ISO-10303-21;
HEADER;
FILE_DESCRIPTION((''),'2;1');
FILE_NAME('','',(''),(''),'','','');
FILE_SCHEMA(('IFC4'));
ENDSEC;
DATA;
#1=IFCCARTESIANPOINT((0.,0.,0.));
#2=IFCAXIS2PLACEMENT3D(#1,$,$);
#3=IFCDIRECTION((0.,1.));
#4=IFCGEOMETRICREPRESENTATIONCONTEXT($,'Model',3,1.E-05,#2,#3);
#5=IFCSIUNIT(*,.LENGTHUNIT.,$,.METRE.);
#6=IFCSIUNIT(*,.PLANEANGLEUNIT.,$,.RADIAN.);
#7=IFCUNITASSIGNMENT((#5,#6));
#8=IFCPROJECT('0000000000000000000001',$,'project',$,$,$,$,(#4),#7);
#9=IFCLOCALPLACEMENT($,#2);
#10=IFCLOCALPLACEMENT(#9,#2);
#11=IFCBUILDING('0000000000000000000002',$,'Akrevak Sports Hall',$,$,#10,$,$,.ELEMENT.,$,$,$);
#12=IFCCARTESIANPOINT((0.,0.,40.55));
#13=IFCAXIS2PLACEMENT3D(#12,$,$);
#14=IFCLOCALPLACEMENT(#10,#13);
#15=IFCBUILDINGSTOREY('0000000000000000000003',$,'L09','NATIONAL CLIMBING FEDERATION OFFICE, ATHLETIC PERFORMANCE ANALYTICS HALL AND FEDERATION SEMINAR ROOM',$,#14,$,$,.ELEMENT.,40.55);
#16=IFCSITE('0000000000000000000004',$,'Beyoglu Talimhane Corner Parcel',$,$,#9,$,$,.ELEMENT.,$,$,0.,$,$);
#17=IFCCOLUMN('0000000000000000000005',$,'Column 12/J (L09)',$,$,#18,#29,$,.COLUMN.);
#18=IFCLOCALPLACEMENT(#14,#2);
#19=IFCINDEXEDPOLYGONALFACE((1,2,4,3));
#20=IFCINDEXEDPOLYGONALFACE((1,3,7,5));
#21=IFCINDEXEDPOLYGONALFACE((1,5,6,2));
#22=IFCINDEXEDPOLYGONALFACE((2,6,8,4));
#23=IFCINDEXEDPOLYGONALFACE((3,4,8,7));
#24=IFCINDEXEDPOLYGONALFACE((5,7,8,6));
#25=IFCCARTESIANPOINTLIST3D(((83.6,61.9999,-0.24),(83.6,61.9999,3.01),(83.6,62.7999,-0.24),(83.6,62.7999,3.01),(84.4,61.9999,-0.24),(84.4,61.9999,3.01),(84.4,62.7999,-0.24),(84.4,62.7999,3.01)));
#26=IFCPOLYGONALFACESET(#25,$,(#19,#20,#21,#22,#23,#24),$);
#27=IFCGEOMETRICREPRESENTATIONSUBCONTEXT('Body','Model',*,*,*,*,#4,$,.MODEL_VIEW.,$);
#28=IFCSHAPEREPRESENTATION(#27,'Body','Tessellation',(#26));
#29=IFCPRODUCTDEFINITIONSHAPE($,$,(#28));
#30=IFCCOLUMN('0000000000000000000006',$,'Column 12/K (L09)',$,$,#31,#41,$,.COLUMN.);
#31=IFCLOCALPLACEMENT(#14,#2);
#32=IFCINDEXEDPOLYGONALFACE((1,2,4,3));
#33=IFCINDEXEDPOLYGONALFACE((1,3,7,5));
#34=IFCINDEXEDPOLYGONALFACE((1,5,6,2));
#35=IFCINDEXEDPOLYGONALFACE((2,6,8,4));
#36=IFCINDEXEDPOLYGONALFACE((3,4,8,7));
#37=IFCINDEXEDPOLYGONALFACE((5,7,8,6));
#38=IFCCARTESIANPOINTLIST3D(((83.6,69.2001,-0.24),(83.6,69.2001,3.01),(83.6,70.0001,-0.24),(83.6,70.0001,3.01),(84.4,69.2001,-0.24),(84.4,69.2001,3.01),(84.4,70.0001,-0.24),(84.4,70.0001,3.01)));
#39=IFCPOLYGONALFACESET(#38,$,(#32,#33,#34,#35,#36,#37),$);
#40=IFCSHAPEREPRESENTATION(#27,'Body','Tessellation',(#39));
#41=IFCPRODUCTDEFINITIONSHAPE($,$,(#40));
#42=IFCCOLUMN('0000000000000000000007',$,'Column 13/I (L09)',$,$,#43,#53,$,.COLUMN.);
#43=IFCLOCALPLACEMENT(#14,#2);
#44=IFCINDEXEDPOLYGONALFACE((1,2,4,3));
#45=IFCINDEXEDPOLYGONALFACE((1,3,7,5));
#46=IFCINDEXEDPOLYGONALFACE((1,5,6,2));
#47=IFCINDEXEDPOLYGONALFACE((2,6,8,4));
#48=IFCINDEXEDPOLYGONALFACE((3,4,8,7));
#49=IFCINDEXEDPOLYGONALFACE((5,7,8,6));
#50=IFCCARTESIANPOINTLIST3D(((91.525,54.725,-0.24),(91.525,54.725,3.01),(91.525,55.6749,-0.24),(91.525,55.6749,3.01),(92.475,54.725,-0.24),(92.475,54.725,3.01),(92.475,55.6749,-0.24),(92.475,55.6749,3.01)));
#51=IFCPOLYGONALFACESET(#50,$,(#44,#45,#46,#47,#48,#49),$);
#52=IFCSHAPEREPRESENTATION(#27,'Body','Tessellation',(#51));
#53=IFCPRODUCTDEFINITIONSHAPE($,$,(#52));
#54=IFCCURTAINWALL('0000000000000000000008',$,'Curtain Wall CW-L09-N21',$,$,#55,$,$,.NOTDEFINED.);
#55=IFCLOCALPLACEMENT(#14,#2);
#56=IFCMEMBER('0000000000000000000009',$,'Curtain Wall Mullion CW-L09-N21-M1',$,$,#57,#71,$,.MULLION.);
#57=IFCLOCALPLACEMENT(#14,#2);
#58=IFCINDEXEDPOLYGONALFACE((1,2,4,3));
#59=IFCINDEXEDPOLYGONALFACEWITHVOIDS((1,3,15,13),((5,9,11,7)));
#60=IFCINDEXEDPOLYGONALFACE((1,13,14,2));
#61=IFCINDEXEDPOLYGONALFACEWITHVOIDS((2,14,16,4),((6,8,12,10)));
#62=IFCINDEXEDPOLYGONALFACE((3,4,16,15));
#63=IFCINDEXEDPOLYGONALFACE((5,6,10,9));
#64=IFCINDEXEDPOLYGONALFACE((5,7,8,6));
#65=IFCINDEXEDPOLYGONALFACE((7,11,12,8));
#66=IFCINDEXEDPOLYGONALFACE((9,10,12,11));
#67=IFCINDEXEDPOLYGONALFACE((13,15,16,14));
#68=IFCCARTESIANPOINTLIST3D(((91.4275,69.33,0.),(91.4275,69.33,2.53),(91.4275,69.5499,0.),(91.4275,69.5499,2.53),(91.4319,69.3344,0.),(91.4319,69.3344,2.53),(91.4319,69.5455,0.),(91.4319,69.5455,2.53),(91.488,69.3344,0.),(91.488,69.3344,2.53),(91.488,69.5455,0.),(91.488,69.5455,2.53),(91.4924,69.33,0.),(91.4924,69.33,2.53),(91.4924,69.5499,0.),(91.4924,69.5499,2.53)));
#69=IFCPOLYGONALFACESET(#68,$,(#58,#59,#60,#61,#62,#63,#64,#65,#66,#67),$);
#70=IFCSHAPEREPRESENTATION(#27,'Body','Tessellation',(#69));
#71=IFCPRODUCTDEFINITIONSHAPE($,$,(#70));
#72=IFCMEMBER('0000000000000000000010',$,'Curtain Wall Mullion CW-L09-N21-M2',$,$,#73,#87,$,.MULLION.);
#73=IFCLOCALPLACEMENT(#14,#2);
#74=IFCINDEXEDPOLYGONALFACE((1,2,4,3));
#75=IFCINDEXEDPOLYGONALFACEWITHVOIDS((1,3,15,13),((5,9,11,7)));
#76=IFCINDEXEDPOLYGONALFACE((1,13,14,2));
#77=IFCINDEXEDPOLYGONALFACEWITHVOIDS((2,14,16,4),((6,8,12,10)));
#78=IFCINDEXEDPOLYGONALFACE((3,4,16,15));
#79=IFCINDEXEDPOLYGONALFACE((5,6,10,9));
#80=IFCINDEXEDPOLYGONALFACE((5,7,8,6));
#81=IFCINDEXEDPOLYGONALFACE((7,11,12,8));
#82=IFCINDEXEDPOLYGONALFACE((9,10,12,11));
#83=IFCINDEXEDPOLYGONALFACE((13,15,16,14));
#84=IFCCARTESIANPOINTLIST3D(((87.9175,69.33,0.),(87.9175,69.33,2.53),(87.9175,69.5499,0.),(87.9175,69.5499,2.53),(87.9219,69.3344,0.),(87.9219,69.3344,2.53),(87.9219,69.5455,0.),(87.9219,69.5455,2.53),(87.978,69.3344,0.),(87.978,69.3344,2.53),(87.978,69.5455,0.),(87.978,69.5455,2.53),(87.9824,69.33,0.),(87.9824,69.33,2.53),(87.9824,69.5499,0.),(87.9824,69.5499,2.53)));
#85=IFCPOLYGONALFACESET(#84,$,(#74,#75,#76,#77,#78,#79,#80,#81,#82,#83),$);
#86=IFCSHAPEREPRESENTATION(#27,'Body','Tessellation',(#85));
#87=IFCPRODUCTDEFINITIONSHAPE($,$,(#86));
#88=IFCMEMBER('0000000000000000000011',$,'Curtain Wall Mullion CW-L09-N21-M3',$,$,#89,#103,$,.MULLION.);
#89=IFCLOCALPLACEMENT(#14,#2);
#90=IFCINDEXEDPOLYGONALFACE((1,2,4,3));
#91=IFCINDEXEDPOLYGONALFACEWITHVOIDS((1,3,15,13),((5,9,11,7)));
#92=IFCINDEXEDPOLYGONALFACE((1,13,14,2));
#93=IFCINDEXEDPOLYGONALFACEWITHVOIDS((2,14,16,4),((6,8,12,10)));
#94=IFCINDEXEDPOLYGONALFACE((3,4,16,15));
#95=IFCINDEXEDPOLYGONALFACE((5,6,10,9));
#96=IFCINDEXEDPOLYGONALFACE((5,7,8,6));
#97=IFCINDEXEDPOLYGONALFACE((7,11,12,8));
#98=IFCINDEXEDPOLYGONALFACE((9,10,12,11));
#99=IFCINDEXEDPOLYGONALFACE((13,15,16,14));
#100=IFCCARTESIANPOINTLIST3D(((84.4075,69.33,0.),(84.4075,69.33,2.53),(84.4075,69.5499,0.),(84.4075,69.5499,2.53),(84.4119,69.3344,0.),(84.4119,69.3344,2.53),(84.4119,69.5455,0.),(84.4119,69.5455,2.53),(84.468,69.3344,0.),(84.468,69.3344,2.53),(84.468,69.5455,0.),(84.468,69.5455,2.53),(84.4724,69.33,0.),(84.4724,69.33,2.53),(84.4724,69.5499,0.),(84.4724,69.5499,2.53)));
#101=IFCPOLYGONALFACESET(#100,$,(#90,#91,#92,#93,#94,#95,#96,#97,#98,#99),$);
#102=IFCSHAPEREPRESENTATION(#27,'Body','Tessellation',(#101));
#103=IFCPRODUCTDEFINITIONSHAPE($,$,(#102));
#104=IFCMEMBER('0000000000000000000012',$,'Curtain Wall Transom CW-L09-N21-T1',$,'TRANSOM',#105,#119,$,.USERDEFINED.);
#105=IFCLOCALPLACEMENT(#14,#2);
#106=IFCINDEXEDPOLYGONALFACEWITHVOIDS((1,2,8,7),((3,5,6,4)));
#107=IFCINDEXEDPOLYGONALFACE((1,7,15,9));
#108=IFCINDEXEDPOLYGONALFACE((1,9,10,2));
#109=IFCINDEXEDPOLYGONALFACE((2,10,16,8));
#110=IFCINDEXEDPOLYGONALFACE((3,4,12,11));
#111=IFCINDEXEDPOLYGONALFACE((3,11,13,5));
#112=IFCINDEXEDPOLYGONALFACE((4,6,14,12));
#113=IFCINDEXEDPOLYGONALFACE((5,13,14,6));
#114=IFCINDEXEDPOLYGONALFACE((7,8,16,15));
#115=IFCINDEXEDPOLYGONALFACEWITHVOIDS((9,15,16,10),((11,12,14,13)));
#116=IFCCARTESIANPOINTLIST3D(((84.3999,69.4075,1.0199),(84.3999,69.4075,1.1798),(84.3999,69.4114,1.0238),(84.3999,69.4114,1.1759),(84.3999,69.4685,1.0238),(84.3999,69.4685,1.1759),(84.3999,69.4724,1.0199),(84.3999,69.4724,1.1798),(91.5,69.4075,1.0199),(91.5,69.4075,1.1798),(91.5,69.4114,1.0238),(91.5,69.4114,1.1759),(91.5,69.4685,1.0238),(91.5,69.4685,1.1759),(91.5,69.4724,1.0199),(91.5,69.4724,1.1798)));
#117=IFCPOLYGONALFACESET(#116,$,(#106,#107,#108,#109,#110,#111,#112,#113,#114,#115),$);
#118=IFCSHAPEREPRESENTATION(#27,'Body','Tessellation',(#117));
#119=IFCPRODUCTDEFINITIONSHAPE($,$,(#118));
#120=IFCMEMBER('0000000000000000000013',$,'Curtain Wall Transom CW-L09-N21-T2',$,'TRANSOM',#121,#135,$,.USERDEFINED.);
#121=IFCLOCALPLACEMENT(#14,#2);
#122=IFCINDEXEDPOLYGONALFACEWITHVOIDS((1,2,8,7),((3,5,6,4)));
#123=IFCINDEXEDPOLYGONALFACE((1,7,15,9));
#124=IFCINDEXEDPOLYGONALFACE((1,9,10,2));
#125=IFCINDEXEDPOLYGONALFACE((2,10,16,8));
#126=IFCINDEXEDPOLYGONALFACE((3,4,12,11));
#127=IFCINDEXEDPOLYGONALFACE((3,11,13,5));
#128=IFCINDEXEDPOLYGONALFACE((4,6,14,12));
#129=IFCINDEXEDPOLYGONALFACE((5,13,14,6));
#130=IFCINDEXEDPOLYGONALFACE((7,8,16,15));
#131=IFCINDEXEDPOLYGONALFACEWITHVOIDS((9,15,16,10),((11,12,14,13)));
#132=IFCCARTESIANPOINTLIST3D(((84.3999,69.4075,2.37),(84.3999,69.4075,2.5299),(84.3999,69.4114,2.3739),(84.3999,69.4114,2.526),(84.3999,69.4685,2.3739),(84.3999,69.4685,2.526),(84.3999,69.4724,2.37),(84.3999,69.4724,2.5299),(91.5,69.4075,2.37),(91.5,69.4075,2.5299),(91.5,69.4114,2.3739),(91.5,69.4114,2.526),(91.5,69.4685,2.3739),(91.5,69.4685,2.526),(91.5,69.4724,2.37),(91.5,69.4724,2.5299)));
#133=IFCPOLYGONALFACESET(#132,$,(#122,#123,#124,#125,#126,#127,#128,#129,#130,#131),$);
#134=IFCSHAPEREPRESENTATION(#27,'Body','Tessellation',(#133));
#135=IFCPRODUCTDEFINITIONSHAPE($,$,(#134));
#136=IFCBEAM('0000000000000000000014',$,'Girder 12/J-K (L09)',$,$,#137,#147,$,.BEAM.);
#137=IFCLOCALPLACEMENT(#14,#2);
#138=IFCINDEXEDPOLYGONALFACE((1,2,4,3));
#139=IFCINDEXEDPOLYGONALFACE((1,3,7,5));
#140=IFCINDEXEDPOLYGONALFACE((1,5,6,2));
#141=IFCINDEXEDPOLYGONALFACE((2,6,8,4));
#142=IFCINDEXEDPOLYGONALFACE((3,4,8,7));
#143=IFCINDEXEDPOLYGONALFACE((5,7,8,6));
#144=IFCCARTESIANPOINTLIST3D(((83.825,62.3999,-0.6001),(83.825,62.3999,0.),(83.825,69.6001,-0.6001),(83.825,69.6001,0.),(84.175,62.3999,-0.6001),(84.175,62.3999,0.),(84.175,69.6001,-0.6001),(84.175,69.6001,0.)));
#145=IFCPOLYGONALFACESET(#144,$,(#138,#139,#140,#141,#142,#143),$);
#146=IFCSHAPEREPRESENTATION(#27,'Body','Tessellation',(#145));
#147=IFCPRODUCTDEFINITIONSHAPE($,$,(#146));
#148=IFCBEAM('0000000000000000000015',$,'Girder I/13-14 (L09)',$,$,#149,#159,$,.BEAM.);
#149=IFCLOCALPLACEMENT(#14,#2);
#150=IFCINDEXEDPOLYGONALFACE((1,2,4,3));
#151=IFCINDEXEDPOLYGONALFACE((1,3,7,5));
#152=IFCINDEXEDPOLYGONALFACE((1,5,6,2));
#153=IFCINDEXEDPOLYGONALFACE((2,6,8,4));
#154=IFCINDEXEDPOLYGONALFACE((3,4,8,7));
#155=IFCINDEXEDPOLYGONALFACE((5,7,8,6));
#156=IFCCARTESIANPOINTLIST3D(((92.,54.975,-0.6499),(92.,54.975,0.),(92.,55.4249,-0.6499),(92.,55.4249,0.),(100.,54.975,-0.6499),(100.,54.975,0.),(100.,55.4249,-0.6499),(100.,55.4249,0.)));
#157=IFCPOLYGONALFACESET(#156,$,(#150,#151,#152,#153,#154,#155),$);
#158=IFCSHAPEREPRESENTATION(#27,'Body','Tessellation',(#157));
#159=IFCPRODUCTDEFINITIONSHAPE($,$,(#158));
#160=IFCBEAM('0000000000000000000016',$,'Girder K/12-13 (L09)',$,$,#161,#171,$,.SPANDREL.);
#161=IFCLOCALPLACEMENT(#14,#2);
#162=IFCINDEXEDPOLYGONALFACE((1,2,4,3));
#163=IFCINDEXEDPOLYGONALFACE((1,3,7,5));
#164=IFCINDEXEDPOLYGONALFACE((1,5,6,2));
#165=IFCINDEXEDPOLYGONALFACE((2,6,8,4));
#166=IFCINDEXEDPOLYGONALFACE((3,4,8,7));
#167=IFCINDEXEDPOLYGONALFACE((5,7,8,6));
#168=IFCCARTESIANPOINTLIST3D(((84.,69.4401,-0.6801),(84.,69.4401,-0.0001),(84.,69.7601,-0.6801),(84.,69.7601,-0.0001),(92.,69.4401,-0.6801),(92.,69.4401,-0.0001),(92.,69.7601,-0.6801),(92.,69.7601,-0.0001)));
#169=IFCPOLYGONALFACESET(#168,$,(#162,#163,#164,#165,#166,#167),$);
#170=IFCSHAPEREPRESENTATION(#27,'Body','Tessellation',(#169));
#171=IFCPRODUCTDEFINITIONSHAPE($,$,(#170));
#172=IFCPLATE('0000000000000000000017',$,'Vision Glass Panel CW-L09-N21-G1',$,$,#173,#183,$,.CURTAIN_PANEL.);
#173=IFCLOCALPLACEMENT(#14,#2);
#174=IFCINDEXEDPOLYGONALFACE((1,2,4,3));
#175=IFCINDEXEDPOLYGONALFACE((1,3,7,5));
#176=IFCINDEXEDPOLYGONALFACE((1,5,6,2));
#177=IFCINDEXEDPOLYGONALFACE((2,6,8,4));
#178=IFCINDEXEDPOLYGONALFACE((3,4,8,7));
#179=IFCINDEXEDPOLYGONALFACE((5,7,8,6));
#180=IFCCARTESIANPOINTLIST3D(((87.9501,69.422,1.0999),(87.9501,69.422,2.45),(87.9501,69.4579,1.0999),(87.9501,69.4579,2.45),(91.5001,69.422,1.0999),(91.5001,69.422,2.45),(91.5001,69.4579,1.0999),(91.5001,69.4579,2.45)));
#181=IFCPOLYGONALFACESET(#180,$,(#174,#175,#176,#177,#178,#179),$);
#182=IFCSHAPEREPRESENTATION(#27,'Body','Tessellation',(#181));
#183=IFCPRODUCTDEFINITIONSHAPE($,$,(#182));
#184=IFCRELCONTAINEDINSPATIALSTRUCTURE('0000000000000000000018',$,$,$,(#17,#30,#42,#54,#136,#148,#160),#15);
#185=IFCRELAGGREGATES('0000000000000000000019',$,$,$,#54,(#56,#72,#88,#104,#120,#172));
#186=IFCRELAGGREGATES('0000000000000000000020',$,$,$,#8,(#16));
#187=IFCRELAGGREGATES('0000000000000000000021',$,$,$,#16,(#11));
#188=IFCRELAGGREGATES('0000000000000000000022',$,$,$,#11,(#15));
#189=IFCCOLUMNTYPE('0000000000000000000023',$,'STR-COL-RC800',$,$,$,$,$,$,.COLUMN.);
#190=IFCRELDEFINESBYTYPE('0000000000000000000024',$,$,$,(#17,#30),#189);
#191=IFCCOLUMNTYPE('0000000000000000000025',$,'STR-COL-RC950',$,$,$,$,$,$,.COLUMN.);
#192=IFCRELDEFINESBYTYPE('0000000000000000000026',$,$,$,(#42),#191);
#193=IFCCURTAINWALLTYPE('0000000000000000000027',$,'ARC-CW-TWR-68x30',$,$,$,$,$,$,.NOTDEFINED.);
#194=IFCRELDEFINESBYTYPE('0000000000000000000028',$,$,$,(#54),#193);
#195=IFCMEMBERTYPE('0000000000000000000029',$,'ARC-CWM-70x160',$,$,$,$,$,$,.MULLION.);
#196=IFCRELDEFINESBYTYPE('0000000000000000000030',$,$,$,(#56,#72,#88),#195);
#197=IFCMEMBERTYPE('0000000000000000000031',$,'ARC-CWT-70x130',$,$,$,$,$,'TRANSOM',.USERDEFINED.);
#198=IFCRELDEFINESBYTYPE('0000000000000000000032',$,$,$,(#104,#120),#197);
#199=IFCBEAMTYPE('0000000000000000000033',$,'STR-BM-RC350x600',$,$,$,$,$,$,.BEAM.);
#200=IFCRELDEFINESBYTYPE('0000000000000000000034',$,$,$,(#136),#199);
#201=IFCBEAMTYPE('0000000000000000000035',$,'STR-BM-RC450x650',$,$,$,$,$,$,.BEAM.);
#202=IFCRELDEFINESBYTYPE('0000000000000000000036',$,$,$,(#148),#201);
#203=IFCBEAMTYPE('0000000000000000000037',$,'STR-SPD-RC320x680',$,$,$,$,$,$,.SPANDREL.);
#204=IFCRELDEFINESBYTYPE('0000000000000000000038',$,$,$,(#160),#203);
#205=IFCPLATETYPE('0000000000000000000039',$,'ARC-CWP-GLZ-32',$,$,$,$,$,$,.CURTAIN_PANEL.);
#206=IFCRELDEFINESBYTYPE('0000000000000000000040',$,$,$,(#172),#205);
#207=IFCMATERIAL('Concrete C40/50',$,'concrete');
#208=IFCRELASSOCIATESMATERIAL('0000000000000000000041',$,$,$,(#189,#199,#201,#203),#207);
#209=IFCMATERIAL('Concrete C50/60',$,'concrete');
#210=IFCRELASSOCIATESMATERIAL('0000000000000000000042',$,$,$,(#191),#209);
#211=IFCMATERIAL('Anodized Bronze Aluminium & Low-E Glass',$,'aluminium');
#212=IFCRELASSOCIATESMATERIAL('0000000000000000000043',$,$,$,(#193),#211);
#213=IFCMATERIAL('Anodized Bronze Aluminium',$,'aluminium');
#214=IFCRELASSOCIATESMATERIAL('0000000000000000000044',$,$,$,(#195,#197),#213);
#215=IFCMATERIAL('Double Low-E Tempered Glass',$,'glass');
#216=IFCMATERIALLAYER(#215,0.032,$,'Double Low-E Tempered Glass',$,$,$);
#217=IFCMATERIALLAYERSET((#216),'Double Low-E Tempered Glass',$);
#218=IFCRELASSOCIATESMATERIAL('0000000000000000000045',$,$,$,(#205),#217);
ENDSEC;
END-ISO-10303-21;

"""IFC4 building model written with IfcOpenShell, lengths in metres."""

from ifc_helpers import new_model, si_unit, direction, frame, origin, origin_2d, place, context, subcontext, project, spatial, rectangle, hollow_rectangle, extrude, material, layer, layer_set, material_profile, profile_set, type_object, element, aggregate, save


model = new_model("IFC4")

# Units and contexts
model_context = context("Model", 3, precision=1e-05, world=origin(), true_north=direction((0.0, 1.0)))
body_context = subcontext(model_context, "Body", "Model", "MODEL_VIEW")
ifc_project = project(units=[si_unit("LENGTHUNIT", "METRE"), si_unit("PLANEANGLEUNIT", "RADIAN")], contexts=[model_context])

# Site, building, storey
site_placement = place(None, origin())
site = spatial("IfcSite", under=ifc_project, at=site_placement, Name="Beyoglu Talimhane Corner Parcel", CompositionType="ELEMENT", RefElevation=0.0)
building_placement = place(site_placement, origin())
building = spatial("IfcBuilding", under=site, at=building_placement, Name="Akrevak Sports Hall", CompositionType="ELEMENT")
storey_placement = place(building_placement, frame((0.0, 0.0, 40.55)))
storey = spatial("IfcBuildingStorey", under=building, at=storey_placement, Name="L09", Description="NATIONAL CLIMBING FEDERATION OFFICE, ATHLETIC PERFORMANCE ANALYTICS HALL AND FEDERATION SEMINAR ROOM", CompositionType="ELEMENT", Elevation=40.55)

# Columns
ifc_material_1 = material(Name="Concrete C40/50", Category="concrete")
ifc_material_profile_1 = material_profile(ifc_material_1, rectangle(XDim=0.8, YDim=0.8, at=origin_2d()), Name="RC 800x800", Category="concrete")
ifc_profile_set_1 = profile_set([ifc_material_profile_1], Name="Concrete C40/50")
column_type_1 = type_object("IfcColumnType", Name="STR-COL-RC800", PredefinedType="COLUMN", material=ifc_profile_set_1)
for number, where, z_axis, x_axis, name in (
    (1, (84.0, 62.3999, -0.24), (0.0, 0.0, 1.0), (1.0, 0.0, 0.0), "Column 12/J (L09)"),
    (2, (84.0, 69.6001, -0.24), (0.0, 0.0, 1.0), (1.0, 0.0, 0.0), "Column 12/K (L09)"),
):
    element("IfcColumn", number, at=place(storey_placement, frame(where, z_axis=z_axis, x_axis=x_axis)), inside=storey, type_object=column_type_1, Name=name, PredefinedType="COLUMN", context=body_context, shape_type="SweptSolid", body=[
        extrude(rectangle(XDim=0.8, YDim=0.8, at=origin_2d()), origin(), (0.0, 0.0, 1.0), 3.25),
    ])
ifc_material_2 = material(Name="Concrete C50/60", Category="concrete")
ifc_material_profile_2 = material_profile(ifc_material_2, rectangle(XDim=0.95, YDim=0.95, at=origin_2d()), Name="RC 950x950", Category="concrete")
ifc_profile_set_2 = profile_set([ifc_material_profile_2], Name="Concrete C50/60")
column_type_2 = type_object("IfcColumnType", Name="STR-COL-RC950", PredefinedType="COLUMN", material=ifc_profile_set_2)
column_placement = place(storey_placement, frame((92.0, 55.2, -0.24), z_axis=(0.0, 0.0, 1.0), x_axis=(1.0, 0.0, 0.0)))
element("IfcColumn", 3, at=column_placement, inside=storey, type_object=column_type_2, Name="Column 13/I (L09)", PredefinedType="COLUMN", context=body_context, shape_type="SweptSolid", body=[
    extrude(rectangle(XDim=0.95, YDim=0.95, at=origin_2d()), origin(), (0.0, 0.0, 1.0), 3.25),
])

# Curtain wall, members
ifc_material_3 = material(Name="Anodized Bronze Aluminium & Low-E Glass", Category="aluminium")
curtain_wall_type = type_object("IfcCurtainWallType", Name="ARC-CW-TWR-68x30", PredefinedType="NOTDEFINED", material=ifc_material_3)
curtain_wall_placement = place(storey_placement, origin())
curtain_wall = element("IfcCurtainWall", 4, at=curtain_wall_placement, inside=storey, type_object=curtain_wall_type, Name="Curtain Wall CW-L09-N21", PredefinedType="NOTDEFINED")
ifc_material_4 = material(Name="Anodized Bronze Aluminium", Category="aluminium")
ifc_material_profile_3 = material_profile(ifc_material_4, hollow_rectangle(XDim=0.0649, YDim=0.22, WallThickness=0.0044, at=origin_2d()), Name="CWM 65x220", Category="aluminium")
ifc_profile_set_3 = profile_set([ifc_material_profile_3], Name="Anodized Bronze Aluminium")
member_type_1 = type_object("IfcMemberType", Name="ARC-CWM-70x160", PredefinedType="MULLION", material=ifc_profile_set_3)
member_1_placement = place(storey_placement, frame((91.46, 69.4399, 0.0), z_axis=(0.0, 0.0, 1.0), x_axis=(-1.0, 0.0, 0.0)))
member_1 = element("IfcMember", 5, at=member_1_placement, type_object=member_type_1, Name="Curtain Wall Mullion CW-L09-N21-M1", PredefinedType="MULLION", context=body_context, shape_type="SweptSolid", body=[
    extrude(hollow_rectangle(XDim=0.0649, YDim=0.22, WallThickness=0.0044, at=origin_2d()), origin(), (0.0, 0.0, 1.0), 2.53),
])
member_2_placement = place(storey_placement, frame((87.95, 69.4399, 0.0), z_axis=(0.0, 0.0, 1.0), x_axis=(-1.0, 0.0, 0.0)))
member_2 = element("IfcMember", 6, at=member_2_placement, type_object=member_type_1, Name="Curtain Wall Mullion CW-L09-N21-M2", PredefinedType="MULLION", context=body_context, shape_type="SweptSolid", body=[
    extrude(hollow_rectangle(XDim=0.0649, YDim=0.22, WallThickness=0.0044, at=origin_2d()), origin(), (0.0, 0.0, 1.0), 2.53),
])
member_3_placement = place(storey_placement, frame((84.4399, 69.4399, 0.0), z_axis=(0.0, 0.0, 1.0), x_axis=(-1.0, 0.0, 0.0)))
member_3 = element("IfcMember", 7, at=member_3_placement, type_object=member_type_1, Name="Curtain Wall Mullion CW-L09-N21-M3", PredefinedType="MULLION", context=body_context, shape_type="SweptSolid", body=[
    extrude(hollow_rectangle(XDim=0.0649, YDim=0.22, WallThickness=0.0044, at=origin_2d()), origin(), (0.0, 0.0, 1.0), 2.53),
])
ifc_material_profile_4 = material_profile(ifc_material_4, hollow_rectangle(XDim=0.0649, YDim=0.1599, WallThickness=0.0039, at=origin_2d()), Name="CWT 65x160", Category="aluminium")
ifc_profile_set_4 = profile_set([ifc_material_profile_4], Name="Anodized Bronze Aluminium")
member_type_2 = type_object("IfcMemberType", Name="ARC-CWT-70x130", ElementType="TRANSOM", PredefinedType="USERDEFINED", material=ifc_profile_set_4)
member_4_placement = place(storey_placement, frame((91.5, 69.4399, 1.0999), z_axis=(-1.0, 0.0, 0.0), x_axis=(0.0, -1.0, 0.0)))
member_4 = element("IfcMember", 8, at=member_4_placement, type_object=member_type_2, Name="Curtain Wall Transom CW-L09-N21-T1", ObjectType="TRANSOM", PredefinedType="USERDEFINED", context=body_context, shape_type="SweptSolid", body=[
    extrude(hollow_rectangle(XDim=0.0649, YDim=0.1599, WallThickness=0.0039, at=origin_2d()), origin(), (0.0, 0.0, 1.0), 7.1001),
])
member_5_placement = place(storey_placement, frame((91.5, 69.4399, 2.45), z_axis=(-1.0, 0.0, 0.0), x_axis=(0.0, -1.0, 0.0)))
member_5 = element("IfcMember", 9, at=member_5_placement, type_object=member_type_2, Name="Curtain Wall Transom CW-L09-N21-T2", ObjectType="TRANSOM", PredefinedType="USERDEFINED", context=body_context, shape_type="SweptSolid", body=[
    extrude(hollow_rectangle(XDim=0.0649, YDim=0.1599, WallThickness=0.0039, at=origin_2d()), origin(), (0.0, 0.0, 1.0), 7.1001),
])

# Beams
ifc_material_profile_5 = material_profile(ifc_material_1, rectangle(XDim=0.3501, YDim=0.6001, at=origin_2d()), Name="BM 350x600", Category="concrete")
ifc_profile_set_5 = profile_set([ifc_material_profile_5], Name="Concrete C40/50")
beam_type_1 = type_object("IfcBeamType", Name="STR-BM-RC350x600", PredefinedType="BEAM", material=ifc_profile_set_5)
beam_1_placement = place(storey_placement, frame((84.0, 62.3999, -0.3), z_axis=(0.0, 1.0, 0.0), x_axis=(-1.0, 0.0, 0.0)))
element("IfcBeam", 10, at=beam_1_placement, inside=storey, type_object=beam_type_1, Name="Girder 12/J-K (L09)", PredefinedType="BEAM", context=body_context, shape_type="SweptSolid", body=[
    extrude(rectangle(XDim=0.3501, YDim=0.6001, at=origin_2d()), origin(), (0.0, 0.0, 1.0), 7.2002),
])
ifc_material_profile_6 = material_profile(ifc_material_1, rectangle(XDim=0.45, YDim=0.6499, at=origin_2d()), Name="BM 450x650", Category="concrete")
ifc_profile_set_6 = profile_set([ifc_material_profile_6], Name="Concrete C40/50")
beam_type_2 = type_object("IfcBeamType", Name="STR-BM-RC450x650", PredefinedType="BEAM", material=ifc_profile_set_6)
beam_2_placement = place(storey_placement, frame((92.0, 55.2, -0.325), z_axis=(1.0, 0.0, 0.0), x_axis=(0.0, 1.0, 0.0)))
element("IfcBeam", 11, at=beam_2_placement, inside=storey, type_object=beam_type_2, Name="Girder I/13-14 (L09)", PredefinedType="BEAM", context=body_context, shape_type="SweptSolid", body=[
    extrude(rectangle(XDim=0.45, YDim=0.6499, at=origin_2d()), origin(), (0.0, 0.0, 1.0), 8.0),
])
ifc_material_profile_7 = material_profile(ifc_material_1, rectangle(XDim=0.3201, YDim=0.6799, at=origin_2d()), Name="SPD 320x680", Category="concrete")
ifc_profile_set_7 = profile_set([ifc_material_profile_7], Name="Concrete C40/50")
beam_type_3 = type_object("IfcBeamType", Name="STR-SPD-RC320x680", PredefinedType="SPANDREL", material=ifc_profile_set_7)
beam_3_placement = place(storey_placement, frame((84.0, 69.6001, -0.3401), z_axis=(1.0, 0.0, 0.0), x_axis=(0.0, 1.0, 0.0)))
element("IfcBeam", 12, at=beam_3_placement, inside=storey, type_object=beam_type_3, Name="Girder K/12-13 (L09)", PredefinedType="SPANDREL", context=body_context, shape_type="SweptSolid", body=[
    extrude(rectangle(XDim=0.3201, YDim=0.6799, at=origin_2d()), origin(), (0.0, 0.0, 1.0), 8.0),
])

# Plate
ifc_material_5 = material(Name="Double Low-E Tempered Glass", Category="glass")
ifc_layer_1 = layer(ifc_material_5, 0.032, Name="Double Low-E Tempered Glass")
ifc_layer_set_1 = layer_set([ifc_layer_1], Name="Double Low-E Tempered Glass")
plate_type_1 = type_object("IfcPlateType", Name="ARC-CWP-GLZ-32", PredefinedType="CURTAIN_PANEL", material=ifc_layer_set_1)
plate_1_placement = place(storey_placement, frame((89.7251, 69.4399, 1.0999), z_axis=(0.0, 0.0, 1.0), x_axis=(-1.0, 0.0, 0.0)))
plate_1 = element("IfcPlate", 13, at=plate_1_placement, type_object=plate_type_1, Name="Vision Glass Panel CW-L09-N21-G1", PredefinedType="CURTAIN_PANEL", context=body_context, shape_type="SweptSolid", body=[
    extrude(rectangle(XDim=3.55, YDim=0.0359, at=origin_2d()), origin(), (0.0, 0.0, 1.0), 1.3501),
])
aggregate(curtain_wall, [member_1, member_2, member_3, member_4, member_5, plate_1])

save(model, "model.ifc")
